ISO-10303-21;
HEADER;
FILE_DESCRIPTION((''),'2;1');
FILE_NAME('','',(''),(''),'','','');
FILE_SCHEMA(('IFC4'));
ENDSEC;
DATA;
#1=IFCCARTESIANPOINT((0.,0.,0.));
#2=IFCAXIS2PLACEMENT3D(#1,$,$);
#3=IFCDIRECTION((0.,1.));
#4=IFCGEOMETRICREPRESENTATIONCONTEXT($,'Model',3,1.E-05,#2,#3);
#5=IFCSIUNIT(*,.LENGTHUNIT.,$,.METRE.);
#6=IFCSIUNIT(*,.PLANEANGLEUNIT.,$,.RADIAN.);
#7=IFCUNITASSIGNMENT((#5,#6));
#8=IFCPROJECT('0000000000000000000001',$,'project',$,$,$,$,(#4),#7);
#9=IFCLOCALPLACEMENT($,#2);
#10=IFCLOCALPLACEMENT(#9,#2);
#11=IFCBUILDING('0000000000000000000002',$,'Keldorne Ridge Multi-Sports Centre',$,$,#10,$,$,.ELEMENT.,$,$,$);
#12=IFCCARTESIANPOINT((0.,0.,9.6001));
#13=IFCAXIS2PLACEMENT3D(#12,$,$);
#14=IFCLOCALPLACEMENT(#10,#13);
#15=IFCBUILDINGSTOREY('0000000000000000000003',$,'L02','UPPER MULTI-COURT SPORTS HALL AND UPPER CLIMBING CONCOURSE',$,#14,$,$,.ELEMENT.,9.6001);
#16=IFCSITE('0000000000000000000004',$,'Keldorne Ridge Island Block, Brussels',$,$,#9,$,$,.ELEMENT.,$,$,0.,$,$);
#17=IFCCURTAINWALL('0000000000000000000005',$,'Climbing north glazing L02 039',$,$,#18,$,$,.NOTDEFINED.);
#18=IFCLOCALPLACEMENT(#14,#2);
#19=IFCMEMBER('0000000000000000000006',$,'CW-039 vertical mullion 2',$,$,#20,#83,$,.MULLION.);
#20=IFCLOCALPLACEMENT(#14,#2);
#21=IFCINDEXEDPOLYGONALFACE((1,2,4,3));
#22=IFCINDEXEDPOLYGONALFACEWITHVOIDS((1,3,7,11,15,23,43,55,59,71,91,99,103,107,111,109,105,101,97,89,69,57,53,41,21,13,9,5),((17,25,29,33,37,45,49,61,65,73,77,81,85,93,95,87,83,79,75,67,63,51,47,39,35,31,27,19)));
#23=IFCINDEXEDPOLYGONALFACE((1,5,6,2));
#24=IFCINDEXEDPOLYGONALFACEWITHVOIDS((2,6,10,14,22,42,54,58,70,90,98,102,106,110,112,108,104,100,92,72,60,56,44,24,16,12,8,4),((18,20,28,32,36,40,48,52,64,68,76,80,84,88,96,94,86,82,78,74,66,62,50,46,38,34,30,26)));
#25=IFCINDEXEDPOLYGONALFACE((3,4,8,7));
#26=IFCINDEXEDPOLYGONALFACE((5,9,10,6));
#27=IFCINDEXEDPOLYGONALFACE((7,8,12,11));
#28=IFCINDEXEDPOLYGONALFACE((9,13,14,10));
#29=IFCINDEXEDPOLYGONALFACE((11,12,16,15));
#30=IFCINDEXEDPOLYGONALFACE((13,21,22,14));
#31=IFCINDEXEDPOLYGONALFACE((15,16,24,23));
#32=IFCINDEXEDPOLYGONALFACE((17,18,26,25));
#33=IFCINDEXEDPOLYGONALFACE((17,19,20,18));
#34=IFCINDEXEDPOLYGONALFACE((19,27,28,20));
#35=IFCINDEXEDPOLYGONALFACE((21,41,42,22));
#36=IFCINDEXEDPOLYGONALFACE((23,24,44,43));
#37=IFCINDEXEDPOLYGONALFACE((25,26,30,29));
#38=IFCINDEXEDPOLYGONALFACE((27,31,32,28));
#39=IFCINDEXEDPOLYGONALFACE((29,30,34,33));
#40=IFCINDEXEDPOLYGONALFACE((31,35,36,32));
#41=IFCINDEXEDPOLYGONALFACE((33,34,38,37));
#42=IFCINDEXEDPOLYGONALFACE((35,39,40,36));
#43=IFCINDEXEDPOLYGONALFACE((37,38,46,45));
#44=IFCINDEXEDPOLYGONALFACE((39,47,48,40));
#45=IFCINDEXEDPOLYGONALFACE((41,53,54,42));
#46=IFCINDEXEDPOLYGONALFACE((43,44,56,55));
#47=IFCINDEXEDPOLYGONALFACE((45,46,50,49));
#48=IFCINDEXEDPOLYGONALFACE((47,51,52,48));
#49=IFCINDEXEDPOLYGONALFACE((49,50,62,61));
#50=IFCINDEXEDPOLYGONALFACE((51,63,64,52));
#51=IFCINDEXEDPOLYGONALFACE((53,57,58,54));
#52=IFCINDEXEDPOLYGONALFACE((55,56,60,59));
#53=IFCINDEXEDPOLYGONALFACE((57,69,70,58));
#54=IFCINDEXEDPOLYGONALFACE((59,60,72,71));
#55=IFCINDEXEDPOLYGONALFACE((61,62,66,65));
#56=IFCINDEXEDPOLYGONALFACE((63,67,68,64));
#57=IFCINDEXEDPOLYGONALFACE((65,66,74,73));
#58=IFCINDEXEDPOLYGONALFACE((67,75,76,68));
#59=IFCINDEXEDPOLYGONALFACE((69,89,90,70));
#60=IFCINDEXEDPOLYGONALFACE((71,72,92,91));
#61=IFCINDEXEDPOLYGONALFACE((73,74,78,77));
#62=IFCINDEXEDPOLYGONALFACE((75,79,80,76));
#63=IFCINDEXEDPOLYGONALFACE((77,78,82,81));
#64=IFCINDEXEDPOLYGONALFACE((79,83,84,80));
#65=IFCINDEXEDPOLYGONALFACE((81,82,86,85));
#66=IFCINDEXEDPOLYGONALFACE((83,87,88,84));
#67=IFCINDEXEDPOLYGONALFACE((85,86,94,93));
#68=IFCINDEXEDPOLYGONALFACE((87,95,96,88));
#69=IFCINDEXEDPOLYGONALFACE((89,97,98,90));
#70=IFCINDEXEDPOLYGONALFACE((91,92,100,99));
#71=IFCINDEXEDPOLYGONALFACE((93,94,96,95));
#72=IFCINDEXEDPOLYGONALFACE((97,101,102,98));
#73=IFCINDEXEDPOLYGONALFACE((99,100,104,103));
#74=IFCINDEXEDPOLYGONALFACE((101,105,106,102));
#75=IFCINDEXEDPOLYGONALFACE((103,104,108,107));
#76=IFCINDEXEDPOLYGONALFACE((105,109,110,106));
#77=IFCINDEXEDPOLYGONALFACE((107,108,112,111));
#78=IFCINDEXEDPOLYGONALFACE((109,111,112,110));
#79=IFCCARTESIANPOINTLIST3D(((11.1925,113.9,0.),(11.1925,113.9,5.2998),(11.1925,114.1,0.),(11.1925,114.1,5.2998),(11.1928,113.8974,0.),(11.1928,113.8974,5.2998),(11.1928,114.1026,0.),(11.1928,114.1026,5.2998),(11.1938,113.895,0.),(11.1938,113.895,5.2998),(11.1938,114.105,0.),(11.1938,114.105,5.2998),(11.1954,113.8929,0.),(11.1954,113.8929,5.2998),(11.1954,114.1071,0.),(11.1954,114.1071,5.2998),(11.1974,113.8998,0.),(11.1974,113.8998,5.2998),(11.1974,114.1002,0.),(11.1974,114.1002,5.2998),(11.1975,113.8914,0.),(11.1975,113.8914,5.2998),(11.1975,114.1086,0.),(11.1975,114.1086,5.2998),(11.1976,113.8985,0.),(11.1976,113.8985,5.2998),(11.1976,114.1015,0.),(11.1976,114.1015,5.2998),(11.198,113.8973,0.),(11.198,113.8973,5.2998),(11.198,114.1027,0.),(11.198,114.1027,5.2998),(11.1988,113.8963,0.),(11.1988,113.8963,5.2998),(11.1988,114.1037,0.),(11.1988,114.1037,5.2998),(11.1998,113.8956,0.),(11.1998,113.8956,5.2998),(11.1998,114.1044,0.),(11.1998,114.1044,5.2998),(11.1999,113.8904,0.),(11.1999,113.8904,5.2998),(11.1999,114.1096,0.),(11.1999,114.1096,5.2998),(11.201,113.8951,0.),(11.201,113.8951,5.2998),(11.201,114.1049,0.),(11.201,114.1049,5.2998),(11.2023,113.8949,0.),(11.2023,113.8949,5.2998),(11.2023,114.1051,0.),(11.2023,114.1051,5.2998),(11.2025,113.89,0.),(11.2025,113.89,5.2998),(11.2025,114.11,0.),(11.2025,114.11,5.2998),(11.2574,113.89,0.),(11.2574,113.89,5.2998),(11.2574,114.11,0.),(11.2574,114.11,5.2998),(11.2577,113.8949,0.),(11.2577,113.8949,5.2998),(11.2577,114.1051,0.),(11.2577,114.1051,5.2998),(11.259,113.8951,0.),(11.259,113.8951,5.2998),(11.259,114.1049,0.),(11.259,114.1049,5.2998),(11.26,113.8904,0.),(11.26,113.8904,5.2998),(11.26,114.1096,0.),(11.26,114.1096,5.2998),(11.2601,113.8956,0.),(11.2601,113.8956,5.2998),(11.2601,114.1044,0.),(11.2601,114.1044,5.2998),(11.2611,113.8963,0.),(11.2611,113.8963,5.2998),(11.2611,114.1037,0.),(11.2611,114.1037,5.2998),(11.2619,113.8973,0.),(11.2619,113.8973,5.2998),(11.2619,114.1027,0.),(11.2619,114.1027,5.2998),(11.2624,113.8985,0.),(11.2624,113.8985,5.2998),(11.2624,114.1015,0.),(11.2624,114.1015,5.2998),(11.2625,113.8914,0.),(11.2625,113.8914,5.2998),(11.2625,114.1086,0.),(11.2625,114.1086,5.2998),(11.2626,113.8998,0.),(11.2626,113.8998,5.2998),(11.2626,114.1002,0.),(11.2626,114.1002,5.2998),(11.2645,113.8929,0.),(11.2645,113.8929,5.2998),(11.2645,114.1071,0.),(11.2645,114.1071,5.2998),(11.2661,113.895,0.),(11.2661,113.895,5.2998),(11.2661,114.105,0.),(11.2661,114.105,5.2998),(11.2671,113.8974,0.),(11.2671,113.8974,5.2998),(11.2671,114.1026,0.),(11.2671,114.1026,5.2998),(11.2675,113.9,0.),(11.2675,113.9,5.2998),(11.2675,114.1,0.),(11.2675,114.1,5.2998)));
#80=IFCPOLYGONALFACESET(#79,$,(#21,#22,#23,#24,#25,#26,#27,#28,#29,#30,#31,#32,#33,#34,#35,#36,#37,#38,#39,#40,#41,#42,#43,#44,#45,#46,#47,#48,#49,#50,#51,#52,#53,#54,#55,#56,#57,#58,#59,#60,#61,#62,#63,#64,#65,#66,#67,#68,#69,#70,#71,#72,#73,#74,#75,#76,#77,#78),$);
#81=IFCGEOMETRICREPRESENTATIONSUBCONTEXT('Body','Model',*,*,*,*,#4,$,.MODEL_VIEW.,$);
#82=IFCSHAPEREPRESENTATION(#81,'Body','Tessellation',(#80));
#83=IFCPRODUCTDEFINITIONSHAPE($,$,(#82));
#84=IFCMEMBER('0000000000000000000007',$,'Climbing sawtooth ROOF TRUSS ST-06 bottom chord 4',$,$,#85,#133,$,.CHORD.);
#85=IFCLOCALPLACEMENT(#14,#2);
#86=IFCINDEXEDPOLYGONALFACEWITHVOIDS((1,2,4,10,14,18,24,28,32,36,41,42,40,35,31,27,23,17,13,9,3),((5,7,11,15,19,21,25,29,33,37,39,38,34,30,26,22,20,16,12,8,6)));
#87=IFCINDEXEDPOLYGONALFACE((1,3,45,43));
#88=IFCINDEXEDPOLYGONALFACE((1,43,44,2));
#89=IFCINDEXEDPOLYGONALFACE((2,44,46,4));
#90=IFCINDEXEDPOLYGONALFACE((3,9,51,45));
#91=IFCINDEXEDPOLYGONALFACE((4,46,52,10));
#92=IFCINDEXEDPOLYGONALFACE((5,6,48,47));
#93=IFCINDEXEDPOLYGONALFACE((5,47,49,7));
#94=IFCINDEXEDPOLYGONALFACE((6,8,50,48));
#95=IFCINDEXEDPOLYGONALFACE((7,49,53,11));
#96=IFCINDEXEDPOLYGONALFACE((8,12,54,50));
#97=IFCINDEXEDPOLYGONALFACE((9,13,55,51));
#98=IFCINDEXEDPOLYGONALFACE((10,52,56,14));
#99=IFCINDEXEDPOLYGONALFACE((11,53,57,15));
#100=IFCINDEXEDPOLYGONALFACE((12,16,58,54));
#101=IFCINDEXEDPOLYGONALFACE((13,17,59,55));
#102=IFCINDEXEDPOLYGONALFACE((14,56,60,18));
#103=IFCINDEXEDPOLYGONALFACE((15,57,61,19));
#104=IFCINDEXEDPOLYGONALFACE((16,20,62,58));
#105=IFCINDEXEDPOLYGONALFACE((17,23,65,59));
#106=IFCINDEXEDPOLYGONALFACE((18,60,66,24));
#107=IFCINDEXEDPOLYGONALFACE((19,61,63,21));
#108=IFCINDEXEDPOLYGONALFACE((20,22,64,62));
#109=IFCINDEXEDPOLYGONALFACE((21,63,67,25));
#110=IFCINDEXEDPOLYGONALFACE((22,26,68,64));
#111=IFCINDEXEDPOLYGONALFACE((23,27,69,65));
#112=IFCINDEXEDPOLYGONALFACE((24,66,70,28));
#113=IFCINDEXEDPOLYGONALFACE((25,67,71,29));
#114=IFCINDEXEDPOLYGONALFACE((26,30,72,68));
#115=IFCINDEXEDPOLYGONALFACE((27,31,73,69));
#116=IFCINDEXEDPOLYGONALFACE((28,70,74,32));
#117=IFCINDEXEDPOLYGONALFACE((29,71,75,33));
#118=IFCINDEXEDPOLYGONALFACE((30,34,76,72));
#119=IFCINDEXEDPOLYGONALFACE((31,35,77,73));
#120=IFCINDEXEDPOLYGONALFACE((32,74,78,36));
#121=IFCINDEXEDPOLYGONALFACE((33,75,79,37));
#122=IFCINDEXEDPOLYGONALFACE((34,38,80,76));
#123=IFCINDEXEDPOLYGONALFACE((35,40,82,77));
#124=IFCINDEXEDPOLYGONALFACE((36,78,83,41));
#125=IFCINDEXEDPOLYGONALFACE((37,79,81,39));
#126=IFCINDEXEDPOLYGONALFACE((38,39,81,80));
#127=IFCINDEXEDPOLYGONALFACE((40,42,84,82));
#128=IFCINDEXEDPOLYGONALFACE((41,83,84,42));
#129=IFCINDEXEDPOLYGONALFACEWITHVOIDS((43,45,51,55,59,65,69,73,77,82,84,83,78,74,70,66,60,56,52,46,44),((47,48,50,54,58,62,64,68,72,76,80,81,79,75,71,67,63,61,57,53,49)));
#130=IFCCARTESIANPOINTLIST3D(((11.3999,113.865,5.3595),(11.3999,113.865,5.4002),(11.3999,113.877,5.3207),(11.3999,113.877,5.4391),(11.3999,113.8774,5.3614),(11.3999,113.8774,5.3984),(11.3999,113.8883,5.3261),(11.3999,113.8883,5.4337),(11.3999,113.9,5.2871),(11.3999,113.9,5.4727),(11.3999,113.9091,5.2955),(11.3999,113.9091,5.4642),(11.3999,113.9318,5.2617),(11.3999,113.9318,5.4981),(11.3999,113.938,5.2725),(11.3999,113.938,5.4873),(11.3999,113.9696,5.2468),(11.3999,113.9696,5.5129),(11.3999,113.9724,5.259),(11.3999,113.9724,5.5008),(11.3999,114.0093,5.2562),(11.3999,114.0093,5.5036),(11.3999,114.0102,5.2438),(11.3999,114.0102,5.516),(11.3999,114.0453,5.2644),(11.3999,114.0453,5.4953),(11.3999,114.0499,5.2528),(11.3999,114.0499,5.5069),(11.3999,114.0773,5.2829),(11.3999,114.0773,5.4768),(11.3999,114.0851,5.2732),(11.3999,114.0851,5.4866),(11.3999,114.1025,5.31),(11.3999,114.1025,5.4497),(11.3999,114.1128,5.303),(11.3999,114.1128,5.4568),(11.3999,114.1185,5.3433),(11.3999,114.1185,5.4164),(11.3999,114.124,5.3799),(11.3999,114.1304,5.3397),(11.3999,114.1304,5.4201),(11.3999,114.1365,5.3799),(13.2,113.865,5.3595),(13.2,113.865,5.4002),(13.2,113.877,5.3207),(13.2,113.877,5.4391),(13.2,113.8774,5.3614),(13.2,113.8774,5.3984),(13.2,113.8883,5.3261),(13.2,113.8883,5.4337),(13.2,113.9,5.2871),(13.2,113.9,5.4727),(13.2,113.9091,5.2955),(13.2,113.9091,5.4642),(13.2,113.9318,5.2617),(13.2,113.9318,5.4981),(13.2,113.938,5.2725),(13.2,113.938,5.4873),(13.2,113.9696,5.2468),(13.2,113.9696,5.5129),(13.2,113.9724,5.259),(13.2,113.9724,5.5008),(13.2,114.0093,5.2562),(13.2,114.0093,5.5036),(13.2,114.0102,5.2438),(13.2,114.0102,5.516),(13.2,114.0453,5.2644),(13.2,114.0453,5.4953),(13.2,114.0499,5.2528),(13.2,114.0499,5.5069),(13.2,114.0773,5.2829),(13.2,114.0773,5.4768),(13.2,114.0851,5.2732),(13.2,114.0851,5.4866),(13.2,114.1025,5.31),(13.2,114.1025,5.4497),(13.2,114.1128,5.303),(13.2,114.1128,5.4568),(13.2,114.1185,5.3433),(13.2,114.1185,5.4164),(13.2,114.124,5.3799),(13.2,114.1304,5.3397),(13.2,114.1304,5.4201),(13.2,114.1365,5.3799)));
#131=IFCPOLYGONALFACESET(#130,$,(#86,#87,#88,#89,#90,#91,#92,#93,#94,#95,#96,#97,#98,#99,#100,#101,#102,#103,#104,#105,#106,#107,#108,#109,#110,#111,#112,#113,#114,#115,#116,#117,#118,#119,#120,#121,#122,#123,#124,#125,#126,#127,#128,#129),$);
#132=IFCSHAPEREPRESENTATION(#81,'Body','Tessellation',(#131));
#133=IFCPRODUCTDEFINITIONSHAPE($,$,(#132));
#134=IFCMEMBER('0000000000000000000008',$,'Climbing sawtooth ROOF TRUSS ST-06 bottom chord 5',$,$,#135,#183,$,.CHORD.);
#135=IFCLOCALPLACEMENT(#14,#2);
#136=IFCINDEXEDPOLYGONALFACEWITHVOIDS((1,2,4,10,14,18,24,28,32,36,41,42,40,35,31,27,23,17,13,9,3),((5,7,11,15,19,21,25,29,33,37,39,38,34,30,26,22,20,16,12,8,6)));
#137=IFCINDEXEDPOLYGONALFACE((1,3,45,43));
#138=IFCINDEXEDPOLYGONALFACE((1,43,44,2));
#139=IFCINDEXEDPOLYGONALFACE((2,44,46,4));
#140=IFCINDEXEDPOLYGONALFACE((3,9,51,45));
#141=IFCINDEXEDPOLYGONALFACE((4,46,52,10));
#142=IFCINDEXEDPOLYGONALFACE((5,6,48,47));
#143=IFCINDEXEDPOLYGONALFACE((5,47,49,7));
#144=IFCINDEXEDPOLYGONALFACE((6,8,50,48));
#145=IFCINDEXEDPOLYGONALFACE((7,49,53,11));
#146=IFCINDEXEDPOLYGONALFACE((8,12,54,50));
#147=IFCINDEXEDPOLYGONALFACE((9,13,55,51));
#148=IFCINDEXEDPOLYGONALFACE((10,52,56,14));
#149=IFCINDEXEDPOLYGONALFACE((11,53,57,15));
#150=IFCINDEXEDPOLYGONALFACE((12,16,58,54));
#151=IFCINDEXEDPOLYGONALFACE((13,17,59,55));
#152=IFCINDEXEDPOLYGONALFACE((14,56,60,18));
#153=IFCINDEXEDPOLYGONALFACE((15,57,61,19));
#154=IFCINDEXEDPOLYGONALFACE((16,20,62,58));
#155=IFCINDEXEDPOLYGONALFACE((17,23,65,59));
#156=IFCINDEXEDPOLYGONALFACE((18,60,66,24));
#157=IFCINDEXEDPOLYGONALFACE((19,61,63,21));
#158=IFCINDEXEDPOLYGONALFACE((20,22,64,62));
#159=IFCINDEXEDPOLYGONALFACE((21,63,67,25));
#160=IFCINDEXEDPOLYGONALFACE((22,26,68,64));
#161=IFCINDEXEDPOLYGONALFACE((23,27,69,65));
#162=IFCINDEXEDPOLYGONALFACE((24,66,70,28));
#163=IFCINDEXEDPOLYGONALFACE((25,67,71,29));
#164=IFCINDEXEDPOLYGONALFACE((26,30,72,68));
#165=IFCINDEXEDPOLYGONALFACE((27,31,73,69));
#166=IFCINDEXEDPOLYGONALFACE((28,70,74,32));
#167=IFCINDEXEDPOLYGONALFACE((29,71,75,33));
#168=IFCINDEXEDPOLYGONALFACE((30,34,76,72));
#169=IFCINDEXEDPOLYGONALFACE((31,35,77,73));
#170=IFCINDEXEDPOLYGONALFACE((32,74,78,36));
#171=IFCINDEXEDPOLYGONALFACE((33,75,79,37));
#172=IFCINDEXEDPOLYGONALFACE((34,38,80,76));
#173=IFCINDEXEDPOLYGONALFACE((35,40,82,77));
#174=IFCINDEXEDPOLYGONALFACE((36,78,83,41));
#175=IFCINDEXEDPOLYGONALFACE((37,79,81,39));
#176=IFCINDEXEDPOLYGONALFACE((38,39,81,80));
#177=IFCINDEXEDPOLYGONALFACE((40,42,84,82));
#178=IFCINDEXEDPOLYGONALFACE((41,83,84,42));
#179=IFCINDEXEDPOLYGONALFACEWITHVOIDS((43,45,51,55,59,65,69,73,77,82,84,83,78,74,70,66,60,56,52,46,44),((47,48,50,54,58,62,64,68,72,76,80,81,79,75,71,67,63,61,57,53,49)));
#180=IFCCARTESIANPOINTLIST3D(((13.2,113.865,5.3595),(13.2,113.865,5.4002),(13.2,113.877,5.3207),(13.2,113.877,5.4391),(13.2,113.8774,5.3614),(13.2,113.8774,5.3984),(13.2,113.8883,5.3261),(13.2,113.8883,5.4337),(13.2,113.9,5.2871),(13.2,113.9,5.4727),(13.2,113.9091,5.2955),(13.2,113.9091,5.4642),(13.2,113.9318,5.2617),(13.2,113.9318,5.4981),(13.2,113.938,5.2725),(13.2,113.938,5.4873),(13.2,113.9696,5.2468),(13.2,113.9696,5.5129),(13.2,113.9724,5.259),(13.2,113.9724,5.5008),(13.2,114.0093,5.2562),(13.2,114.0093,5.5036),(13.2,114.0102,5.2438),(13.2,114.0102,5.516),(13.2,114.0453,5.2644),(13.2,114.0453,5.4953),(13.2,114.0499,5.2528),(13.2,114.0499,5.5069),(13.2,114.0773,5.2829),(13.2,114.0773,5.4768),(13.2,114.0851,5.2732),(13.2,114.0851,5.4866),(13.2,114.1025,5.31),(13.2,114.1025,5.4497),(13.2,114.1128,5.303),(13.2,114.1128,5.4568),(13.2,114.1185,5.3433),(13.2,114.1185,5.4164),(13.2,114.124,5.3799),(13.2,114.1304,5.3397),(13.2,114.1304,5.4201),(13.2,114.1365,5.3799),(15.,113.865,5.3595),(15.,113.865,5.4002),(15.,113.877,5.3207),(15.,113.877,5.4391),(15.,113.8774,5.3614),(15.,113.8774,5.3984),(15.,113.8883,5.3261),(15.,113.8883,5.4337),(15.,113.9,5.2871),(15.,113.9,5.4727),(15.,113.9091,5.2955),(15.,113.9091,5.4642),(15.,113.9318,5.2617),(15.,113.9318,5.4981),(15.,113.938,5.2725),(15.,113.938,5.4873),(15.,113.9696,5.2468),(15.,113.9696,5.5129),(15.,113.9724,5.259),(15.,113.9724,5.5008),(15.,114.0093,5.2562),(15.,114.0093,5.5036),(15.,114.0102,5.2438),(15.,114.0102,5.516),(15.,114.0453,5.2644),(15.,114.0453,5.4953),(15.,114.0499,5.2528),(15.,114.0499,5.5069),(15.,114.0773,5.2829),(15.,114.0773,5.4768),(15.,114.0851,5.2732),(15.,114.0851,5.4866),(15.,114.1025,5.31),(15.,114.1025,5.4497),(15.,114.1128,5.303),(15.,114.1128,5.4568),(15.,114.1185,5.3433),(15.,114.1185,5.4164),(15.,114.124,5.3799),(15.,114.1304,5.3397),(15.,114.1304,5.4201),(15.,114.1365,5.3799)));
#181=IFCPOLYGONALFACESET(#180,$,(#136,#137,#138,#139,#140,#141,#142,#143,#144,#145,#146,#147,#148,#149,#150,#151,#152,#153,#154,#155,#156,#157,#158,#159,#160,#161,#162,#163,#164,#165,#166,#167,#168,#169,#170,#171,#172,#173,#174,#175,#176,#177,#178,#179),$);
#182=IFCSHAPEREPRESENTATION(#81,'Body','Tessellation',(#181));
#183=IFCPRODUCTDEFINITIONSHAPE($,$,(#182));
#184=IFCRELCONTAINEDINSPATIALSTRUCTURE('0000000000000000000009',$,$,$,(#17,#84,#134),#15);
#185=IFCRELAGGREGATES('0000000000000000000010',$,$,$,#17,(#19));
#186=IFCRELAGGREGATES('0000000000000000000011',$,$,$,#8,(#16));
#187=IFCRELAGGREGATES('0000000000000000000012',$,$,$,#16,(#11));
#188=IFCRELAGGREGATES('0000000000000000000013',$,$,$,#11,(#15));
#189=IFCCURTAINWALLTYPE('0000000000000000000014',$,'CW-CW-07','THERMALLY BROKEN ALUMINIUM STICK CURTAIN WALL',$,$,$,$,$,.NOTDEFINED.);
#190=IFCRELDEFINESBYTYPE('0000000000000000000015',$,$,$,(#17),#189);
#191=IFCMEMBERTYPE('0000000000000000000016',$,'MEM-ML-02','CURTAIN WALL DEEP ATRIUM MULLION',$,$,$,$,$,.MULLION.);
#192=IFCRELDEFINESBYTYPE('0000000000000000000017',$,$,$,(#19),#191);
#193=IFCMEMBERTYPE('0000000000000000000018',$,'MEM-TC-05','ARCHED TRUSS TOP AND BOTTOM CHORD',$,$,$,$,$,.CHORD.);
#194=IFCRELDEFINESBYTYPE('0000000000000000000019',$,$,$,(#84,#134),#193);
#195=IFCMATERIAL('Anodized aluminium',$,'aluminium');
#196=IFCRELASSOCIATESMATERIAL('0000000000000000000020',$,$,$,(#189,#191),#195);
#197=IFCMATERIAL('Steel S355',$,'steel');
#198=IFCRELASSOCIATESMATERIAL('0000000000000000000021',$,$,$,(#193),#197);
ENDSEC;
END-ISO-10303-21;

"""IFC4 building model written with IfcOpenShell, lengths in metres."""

from ifc_helpers import new_model, si_unit, direction, frame, origin, origin_2d, place, context, subcontext, project, spatial, hollow_rectangle, hollow_circle, extrude, material, material_profile, profile_set, type_object, element, aggregate, save


model = new_model("IFC4")

# Units and contexts
model_context = context("Model", 3, precision=1e-05, world=origin(), true_north=direction((0.0, 1.0)))
body_context = subcontext(model_context, "Body", "Model", "MODEL_VIEW")
ifc_project = project(units=[si_unit("LENGTHUNIT", "METRE"), si_unit("PLANEANGLEUNIT", "RADIAN")], contexts=[model_context])

# Site, building, storey
site_placement = place(None, origin())
site = spatial("IfcSite", under=ifc_project, at=site_placement, Name="Keldorne Ridge Island Block, Brussels", CompositionType="ELEMENT", RefElevation=0.0)
building_placement = place(site_placement, origin())
building = spatial("IfcBuilding", under=site, at=building_placement, Name="Keldorne Ridge Multi-Sports Centre", CompositionType="ELEMENT")
storey_placement = place(building_placement, frame((0.0, 0.0, 9.6001)))
storey = spatial("IfcBuildingStorey", under=building, at=storey_placement, Name="L02", Description="UPPER MULTI-COURT SPORTS HALL AND UPPER CLIMBING CONCOURSE", CompositionType="ELEMENT", Elevation=9.6001)

# Shared definitions
ifc_material_1 = material(Name="Steel S355", Category="steel")

# Curtain wall, member
ifc_material_2 = material(Name="Anodized aluminium", Category="aluminium")
curtain_wall_type = type_object("IfcCurtainWallType", Name="CW-CW-07", Description="THERMALLY BROKEN ALUMINIUM STICK CURTAIN WALL", PredefinedType="NOTDEFINED", material=ifc_material_2)
curtain_wall_placement = place(storey_placement, origin())
curtain_wall = element("IfcCurtainWall", 1, at=curtain_wall_placement, inside=storey, type_object=curtain_wall_type, Name="Climbing north glazing L02 039", PredefinedType="NOTDEFINED")
ifc_material_profile_1 = material_profile(ifc_material_2, hollow_rectangle(XDim=0.075, YDim=0.22, WallThickness=0.0049, InnerFilletRadius=0.0049, OuterFilletRadius=0.01, at=origin_2d()), Name="ALU MULLION 220x75x5")
ifc_profile_set_1 = profile_set([ifc_material_profile_1], Name="Anodized aluminium")
member_type_1 = type_object("IfcMemberType", Name="MEM-ML-02", Description="CURTAIN WALL DEEP ATRIUM MULLION", PredefinedType="MULLION", material=ifc_profile_set_1)
member_1_placement = place(storey_placement, frame((11.23, 114.0, 0.0), z_axis=(0.0, 0.0, 1.0), x_axis=(1.0, 0.0, 0.0)))
member_1 = element("IfcMember", 2, at=member_1_placement, type_object=member_type_1, Name="CW-039 vertical mullion 2", PredefinedType="MULLION", context=body_context, shape_type="SweptSolid", body=[
    extrude(hollow_rectangle(XDim=0.075, YDim=0.22, WallThickness=0.0049, InnerFilletRadius=0.0049, OuterFilletRadius=0.01, at=origin_2d()), origin(), (0.0, 0.0, 1.0), 5.2998),
])

# Members
ifc_material_profile_2 = material_profile(ifc_material_1, hollow_circle(Radius=0.1365, WallThickness=0.0125, at=origin_2d()), Name="CHS 273x12.5")
ifc_profile_set_2 = profile_set([ifc_material_profile_2], Name="Steel S355")
member_type_2 = type_object("IfcMemberType", Name="MEM-TC-05", Description="ARCHED TRUSS TOP AND BOTTOM CHORD", PredefinedType="CHORD", material=ifc_profile_set_2)
for number, where, z_axis, x_axis, name in (
    (3, (11.3999, 114.0, 5.3799), (1.0, 0.0, 0.0), (0.0, 1.0, 0.0), "Climbing sawtooth ROOF TRUSS ST-06 bottom chord 4"),
    (4, (13.2, 114.0, 5.3799), (1.0, 0.0, 0.0), (0.0, 1.0, 0.0), "Climbing sawtooth ROOF TRUSS ST-06 bottom chord 5"),
):
    element("IfcMember", number, at=place(storey_placement, frame(where, z_axis=z_axis, x_axis=x_axis)), inside=storey, type_object=member_type_2, Name=name, PredefinedType="CHORD", context=body_context, shape_type="SweptSolid", body=[
        extrude(hollow_circle(Radius=0.1365, WallThickness=0.0125, at=origin_2d()), origin(), (0.0, 0.0, 1.0), 1.8),
    ])

aggregate(curtain_wall, [member_1])

save(model, "model.ifc")
